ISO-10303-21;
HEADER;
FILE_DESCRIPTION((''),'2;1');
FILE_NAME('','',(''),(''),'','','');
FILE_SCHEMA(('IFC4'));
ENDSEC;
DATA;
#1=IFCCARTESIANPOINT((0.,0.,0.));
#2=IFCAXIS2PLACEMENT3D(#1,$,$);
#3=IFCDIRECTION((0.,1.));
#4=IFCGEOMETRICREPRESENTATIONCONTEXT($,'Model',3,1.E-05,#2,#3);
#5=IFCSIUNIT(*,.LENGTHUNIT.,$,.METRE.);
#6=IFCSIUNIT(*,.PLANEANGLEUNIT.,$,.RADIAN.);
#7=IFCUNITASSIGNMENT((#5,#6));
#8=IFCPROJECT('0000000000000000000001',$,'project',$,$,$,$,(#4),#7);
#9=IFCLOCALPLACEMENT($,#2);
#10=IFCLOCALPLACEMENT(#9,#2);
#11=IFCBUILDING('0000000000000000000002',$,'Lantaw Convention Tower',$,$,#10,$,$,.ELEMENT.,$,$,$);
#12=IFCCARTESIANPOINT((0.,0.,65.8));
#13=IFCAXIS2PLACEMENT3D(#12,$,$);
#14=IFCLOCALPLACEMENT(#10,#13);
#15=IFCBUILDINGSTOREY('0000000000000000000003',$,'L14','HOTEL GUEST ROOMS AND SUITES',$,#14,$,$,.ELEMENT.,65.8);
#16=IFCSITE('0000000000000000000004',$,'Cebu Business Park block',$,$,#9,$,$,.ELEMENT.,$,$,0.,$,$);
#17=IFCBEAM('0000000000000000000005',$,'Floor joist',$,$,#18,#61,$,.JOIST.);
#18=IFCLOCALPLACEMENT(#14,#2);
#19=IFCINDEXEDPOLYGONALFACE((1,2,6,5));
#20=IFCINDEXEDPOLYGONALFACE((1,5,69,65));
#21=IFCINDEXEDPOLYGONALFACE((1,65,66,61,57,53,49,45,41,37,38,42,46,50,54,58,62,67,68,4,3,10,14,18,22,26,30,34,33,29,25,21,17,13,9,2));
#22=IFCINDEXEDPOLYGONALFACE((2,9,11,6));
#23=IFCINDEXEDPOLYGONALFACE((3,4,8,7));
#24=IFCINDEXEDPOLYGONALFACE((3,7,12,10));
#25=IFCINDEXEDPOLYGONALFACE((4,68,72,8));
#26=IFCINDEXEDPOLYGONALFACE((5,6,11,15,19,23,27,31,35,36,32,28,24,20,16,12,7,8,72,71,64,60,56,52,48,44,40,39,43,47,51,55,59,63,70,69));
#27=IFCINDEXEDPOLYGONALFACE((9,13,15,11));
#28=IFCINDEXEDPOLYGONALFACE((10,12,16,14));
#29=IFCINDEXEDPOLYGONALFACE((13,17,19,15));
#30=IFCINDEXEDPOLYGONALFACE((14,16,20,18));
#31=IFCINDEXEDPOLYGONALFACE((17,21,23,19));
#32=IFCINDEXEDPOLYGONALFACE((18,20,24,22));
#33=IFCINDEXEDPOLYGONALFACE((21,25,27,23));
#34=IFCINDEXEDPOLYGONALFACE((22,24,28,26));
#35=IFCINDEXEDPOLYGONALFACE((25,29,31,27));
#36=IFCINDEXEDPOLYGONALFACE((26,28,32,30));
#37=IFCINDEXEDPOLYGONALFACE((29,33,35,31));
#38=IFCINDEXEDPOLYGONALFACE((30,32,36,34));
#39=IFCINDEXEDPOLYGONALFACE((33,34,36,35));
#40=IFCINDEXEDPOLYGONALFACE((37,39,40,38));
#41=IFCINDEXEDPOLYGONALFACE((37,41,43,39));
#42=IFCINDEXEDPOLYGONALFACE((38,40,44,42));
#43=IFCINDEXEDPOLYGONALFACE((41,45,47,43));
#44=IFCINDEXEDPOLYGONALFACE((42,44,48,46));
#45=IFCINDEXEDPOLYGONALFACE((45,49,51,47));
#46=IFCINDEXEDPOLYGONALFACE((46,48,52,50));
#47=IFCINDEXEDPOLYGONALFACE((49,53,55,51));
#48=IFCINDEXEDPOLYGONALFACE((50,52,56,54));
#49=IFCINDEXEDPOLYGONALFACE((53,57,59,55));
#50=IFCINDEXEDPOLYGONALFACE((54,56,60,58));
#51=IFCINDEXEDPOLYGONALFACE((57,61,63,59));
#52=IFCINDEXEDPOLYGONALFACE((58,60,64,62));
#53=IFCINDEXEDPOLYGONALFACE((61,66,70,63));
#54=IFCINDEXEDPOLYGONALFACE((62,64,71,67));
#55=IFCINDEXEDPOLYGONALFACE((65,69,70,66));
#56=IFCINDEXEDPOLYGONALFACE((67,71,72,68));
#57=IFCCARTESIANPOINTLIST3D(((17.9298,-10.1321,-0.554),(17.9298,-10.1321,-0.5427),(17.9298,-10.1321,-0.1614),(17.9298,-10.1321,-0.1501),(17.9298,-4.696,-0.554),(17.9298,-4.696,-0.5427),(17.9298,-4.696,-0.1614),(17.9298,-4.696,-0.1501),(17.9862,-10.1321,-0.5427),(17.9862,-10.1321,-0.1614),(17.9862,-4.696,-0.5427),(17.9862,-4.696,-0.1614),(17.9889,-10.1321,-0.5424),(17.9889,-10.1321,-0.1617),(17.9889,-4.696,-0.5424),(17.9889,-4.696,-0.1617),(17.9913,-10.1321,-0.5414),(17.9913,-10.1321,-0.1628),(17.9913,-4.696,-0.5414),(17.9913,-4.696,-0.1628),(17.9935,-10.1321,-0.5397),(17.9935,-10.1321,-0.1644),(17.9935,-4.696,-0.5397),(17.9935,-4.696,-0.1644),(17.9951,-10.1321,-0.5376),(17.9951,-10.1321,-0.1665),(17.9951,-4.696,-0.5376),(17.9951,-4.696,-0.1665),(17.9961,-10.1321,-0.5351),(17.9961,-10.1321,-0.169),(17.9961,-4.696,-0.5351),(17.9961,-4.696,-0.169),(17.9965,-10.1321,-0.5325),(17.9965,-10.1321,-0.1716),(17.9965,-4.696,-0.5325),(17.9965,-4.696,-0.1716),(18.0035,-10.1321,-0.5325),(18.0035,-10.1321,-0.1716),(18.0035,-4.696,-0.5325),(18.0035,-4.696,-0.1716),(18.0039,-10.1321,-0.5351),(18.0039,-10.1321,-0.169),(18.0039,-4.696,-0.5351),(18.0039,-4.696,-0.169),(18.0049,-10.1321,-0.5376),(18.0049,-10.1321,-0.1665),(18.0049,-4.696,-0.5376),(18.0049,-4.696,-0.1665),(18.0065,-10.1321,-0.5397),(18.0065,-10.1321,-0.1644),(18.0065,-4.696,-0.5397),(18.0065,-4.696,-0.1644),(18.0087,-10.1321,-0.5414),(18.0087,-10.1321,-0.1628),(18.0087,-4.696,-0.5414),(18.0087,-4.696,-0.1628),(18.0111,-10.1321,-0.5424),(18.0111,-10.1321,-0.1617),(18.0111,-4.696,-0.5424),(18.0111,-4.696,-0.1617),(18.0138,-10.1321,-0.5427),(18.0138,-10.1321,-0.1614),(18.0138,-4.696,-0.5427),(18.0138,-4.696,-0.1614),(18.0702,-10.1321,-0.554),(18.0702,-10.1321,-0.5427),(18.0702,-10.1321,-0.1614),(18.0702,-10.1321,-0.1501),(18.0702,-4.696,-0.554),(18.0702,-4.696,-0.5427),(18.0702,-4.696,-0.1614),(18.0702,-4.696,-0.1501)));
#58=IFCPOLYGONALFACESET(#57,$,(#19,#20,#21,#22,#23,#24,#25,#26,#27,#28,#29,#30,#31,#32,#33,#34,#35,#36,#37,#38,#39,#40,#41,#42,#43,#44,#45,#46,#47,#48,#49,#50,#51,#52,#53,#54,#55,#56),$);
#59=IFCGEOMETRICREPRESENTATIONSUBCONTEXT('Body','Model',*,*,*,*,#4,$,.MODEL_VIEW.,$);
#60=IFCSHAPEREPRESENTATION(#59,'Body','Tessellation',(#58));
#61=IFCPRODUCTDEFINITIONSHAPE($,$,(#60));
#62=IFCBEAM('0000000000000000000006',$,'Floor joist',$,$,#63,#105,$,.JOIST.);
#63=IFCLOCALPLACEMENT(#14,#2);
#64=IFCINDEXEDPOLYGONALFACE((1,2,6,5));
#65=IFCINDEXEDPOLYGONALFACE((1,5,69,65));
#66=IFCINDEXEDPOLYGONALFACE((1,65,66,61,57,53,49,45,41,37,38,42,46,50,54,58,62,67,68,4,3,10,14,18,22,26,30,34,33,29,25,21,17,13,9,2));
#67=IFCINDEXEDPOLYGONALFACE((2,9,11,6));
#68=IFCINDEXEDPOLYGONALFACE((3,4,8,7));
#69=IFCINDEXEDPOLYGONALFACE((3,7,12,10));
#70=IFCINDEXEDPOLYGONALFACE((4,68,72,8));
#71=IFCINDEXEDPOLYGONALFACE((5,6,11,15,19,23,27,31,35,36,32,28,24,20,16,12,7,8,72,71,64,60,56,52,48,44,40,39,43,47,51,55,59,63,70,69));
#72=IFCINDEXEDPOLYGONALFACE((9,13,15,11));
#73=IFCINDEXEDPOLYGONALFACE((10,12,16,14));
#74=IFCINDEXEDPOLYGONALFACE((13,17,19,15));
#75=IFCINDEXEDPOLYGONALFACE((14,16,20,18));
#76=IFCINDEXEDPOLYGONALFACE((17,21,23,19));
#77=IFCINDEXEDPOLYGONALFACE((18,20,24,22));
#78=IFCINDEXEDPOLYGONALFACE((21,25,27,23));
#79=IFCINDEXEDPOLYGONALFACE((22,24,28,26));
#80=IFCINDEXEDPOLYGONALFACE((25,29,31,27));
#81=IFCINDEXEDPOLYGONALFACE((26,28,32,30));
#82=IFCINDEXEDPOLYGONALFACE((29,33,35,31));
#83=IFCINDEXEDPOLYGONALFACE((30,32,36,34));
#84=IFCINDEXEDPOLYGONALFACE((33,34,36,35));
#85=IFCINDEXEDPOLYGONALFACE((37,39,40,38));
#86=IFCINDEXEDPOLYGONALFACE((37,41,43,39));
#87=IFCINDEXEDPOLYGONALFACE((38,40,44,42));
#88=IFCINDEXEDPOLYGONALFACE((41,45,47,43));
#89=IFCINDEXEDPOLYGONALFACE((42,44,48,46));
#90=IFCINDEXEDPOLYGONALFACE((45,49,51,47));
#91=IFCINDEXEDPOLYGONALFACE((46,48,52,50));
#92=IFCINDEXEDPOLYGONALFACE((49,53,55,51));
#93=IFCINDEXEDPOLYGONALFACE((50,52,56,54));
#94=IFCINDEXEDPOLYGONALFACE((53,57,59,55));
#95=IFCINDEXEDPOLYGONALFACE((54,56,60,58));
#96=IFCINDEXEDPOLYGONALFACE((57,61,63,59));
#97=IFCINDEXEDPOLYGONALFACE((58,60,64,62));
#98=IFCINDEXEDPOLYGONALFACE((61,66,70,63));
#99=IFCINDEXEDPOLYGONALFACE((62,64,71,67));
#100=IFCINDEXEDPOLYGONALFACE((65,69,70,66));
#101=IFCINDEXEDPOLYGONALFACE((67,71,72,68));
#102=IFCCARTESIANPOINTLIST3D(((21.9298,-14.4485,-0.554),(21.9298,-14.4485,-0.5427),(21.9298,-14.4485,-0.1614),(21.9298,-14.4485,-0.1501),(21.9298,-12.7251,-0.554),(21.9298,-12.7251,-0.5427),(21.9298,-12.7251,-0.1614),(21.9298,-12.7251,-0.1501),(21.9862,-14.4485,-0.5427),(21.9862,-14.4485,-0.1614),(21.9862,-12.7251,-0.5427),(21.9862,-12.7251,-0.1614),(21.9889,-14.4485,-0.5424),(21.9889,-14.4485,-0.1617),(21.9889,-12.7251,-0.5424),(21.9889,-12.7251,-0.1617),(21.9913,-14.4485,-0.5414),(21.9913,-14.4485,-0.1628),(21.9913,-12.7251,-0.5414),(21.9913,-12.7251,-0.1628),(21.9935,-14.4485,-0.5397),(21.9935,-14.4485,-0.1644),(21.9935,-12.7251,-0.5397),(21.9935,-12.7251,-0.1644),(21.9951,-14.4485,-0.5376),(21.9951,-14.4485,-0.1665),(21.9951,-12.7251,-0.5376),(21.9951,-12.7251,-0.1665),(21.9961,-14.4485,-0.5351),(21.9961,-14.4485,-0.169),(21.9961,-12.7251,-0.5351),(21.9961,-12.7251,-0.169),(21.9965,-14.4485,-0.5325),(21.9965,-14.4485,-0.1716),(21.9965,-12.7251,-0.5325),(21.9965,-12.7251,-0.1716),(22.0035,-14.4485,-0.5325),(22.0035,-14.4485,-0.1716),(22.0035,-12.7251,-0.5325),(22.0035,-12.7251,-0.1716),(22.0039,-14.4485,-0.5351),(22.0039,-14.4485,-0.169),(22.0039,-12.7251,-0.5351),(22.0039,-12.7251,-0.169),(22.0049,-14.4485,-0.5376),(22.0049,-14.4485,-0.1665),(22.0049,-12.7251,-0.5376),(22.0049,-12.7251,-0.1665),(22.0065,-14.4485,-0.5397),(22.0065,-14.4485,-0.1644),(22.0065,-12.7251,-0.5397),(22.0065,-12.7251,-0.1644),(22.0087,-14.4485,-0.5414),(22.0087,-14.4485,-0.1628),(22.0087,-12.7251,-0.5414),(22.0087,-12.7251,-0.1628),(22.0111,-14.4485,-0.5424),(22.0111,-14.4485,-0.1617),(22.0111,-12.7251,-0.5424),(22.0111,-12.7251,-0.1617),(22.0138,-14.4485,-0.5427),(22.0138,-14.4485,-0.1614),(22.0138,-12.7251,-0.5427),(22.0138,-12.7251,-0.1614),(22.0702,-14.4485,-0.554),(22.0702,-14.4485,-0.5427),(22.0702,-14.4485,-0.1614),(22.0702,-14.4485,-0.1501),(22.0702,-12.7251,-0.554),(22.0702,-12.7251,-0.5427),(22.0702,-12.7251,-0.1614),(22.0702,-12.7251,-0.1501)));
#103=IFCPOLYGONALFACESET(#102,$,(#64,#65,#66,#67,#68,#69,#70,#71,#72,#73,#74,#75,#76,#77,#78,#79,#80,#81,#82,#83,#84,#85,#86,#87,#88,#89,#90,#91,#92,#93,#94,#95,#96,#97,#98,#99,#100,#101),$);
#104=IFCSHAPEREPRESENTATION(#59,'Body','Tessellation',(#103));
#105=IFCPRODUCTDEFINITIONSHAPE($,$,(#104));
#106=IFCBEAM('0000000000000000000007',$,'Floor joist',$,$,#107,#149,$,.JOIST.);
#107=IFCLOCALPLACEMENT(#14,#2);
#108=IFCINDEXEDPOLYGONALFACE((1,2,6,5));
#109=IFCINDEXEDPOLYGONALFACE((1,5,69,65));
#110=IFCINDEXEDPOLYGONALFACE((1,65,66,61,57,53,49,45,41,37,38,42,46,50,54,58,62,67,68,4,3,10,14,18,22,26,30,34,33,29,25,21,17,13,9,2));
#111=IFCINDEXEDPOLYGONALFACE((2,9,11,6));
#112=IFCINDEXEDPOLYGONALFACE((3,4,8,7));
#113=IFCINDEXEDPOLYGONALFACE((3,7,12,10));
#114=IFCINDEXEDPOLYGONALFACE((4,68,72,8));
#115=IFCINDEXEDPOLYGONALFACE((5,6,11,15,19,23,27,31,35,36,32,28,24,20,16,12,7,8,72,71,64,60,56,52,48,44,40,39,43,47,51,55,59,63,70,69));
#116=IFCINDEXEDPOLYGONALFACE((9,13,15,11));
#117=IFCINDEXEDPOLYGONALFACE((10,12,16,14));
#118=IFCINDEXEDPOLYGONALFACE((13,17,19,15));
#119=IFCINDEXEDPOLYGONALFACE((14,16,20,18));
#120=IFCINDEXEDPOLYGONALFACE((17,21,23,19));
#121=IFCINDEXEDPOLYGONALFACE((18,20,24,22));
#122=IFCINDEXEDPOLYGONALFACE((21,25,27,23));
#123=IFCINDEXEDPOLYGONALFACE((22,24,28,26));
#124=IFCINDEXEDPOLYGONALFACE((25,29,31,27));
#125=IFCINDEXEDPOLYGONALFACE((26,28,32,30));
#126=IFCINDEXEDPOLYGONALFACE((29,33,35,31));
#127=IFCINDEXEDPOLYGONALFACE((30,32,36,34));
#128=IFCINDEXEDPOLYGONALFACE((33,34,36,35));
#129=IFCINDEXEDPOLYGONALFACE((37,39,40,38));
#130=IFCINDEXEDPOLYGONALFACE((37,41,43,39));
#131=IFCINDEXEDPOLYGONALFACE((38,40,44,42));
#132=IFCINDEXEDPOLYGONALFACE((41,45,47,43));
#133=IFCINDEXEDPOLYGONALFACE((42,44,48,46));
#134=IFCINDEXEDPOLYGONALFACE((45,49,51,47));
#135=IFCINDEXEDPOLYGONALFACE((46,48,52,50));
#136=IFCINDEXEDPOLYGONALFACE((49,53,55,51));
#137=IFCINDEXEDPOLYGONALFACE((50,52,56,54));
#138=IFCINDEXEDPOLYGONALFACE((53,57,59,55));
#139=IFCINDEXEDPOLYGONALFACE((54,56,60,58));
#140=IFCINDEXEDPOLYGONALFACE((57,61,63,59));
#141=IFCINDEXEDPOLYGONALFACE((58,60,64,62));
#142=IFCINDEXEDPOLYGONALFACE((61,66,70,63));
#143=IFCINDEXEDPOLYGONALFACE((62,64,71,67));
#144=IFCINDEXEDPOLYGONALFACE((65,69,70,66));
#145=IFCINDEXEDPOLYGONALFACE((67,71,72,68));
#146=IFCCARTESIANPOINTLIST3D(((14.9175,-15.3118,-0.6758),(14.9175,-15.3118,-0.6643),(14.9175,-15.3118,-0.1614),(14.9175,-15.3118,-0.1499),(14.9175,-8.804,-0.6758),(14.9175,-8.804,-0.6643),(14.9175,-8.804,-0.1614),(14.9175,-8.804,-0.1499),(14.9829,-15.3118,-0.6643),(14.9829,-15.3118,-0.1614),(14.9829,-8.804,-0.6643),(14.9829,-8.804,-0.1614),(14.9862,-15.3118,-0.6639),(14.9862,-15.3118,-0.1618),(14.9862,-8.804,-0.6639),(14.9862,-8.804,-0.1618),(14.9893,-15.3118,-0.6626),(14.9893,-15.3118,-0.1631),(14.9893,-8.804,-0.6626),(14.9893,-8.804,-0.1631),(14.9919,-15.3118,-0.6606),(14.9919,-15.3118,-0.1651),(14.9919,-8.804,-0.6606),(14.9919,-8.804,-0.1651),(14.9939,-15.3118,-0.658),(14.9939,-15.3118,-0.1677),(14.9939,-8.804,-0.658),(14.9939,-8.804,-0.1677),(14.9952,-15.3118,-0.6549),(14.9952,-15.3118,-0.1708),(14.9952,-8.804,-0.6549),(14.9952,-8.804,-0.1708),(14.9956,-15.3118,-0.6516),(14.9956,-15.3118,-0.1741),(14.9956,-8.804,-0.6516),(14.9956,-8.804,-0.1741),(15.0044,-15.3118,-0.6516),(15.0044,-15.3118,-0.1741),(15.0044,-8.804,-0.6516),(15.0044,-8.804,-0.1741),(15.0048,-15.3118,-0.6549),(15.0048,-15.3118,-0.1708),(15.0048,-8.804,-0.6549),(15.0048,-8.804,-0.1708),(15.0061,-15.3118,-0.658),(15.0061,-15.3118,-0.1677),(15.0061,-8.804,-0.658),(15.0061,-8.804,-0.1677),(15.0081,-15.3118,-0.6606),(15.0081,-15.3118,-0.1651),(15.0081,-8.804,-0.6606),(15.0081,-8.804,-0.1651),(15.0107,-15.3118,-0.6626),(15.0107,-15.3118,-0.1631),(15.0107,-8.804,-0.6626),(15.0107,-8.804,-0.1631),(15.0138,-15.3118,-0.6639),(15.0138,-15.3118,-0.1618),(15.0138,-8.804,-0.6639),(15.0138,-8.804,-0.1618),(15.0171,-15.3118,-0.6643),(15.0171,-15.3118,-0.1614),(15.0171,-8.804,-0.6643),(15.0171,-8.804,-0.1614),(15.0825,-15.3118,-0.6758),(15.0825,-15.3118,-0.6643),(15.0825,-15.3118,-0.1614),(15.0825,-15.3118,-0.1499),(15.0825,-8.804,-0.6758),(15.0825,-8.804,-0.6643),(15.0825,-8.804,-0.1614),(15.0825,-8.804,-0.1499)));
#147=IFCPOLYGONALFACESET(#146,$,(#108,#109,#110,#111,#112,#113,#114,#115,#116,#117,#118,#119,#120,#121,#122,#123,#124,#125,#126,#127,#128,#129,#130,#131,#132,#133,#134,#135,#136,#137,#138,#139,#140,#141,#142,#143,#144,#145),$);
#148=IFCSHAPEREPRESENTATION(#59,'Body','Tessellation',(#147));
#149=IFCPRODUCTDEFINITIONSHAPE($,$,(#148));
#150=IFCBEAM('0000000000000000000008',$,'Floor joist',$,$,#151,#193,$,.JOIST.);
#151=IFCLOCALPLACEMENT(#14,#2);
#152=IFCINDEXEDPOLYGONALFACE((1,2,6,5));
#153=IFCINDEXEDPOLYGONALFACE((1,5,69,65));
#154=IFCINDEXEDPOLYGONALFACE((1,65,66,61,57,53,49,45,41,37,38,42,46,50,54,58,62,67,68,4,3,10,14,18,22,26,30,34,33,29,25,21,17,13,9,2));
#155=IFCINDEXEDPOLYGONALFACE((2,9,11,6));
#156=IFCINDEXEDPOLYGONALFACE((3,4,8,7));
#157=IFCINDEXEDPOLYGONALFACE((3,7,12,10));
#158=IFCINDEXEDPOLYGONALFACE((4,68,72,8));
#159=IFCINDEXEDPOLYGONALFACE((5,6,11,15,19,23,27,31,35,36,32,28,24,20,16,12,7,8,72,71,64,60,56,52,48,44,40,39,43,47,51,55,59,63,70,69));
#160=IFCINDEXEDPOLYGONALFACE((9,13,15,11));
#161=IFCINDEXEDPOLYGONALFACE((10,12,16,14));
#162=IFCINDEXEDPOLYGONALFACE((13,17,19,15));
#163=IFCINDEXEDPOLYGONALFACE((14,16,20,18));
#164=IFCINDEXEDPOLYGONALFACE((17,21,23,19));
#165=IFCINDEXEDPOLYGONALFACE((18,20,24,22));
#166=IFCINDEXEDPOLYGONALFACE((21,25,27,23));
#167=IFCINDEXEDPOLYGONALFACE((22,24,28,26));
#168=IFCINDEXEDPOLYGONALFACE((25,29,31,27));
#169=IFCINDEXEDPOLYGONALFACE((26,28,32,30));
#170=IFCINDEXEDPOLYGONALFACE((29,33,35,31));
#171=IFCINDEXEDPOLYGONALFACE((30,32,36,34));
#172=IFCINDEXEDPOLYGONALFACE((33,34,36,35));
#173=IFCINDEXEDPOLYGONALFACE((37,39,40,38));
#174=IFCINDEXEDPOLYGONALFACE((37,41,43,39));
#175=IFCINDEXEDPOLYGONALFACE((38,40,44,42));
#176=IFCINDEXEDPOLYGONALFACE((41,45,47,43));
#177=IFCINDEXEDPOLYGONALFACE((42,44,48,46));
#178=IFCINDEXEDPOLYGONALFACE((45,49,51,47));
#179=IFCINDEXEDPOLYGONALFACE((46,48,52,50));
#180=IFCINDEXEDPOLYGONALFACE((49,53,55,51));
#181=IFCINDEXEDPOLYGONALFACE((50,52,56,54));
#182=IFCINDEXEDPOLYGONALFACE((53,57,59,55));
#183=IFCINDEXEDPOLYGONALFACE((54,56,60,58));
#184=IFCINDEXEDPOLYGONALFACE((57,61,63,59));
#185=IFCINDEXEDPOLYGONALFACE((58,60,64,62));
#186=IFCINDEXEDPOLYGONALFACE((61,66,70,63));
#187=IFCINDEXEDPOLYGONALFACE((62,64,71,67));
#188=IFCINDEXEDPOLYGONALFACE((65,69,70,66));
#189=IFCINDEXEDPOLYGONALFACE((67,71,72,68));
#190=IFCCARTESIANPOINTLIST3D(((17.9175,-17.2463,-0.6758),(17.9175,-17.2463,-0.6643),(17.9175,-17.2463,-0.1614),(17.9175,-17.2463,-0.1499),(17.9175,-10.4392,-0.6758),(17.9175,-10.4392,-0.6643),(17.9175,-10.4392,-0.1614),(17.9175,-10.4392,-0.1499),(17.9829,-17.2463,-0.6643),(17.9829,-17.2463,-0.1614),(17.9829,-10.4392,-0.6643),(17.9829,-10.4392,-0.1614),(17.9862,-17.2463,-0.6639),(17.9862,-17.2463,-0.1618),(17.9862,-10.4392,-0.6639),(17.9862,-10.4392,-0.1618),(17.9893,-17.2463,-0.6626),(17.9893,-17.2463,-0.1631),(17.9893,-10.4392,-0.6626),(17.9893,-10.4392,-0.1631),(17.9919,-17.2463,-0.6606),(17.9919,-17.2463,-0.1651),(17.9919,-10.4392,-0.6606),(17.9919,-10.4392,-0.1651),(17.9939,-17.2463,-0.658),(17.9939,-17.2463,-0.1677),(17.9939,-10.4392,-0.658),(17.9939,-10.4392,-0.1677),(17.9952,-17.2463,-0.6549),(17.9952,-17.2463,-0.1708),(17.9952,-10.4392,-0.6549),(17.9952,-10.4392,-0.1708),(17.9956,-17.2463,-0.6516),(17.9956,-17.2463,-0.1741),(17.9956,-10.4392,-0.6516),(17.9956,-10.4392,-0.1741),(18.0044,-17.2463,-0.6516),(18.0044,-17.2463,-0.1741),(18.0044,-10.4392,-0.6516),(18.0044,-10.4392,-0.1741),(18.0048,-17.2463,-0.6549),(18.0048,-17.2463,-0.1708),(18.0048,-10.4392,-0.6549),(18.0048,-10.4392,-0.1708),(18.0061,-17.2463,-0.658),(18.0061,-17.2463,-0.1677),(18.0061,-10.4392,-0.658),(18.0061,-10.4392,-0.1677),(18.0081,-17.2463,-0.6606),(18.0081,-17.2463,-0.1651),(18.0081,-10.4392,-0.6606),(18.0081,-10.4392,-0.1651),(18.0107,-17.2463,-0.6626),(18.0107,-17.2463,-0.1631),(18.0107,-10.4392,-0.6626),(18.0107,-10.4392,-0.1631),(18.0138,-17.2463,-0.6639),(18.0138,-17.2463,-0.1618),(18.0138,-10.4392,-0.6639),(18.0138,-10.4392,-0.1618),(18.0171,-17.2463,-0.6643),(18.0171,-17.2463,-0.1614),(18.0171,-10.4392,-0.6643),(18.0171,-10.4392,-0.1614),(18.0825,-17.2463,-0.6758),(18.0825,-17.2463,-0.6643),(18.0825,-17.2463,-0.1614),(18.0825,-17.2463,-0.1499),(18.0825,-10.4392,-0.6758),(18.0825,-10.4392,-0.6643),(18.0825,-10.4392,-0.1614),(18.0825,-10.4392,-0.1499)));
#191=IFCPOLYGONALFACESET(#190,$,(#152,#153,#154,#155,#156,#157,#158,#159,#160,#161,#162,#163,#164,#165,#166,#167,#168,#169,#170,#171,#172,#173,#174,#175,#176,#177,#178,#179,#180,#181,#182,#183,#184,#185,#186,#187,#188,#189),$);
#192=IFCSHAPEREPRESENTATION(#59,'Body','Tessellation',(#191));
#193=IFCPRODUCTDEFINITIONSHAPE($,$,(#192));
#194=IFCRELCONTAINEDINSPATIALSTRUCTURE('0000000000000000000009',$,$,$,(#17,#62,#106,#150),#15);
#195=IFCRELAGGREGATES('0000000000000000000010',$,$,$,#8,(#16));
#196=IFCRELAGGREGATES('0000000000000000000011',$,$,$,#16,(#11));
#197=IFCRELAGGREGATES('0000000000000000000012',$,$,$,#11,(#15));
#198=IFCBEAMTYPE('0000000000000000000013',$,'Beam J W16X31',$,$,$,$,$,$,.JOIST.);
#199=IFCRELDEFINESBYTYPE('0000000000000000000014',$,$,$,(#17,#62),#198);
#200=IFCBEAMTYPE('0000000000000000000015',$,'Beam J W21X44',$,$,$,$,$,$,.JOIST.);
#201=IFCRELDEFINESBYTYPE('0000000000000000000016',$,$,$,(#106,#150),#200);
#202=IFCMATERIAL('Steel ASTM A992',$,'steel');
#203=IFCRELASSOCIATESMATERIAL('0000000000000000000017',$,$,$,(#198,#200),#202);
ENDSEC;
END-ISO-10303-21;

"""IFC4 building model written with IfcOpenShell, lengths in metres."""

from ifc_helpers import new_model, si_unit, direction, frame, origin, origin_2d, place, context, subcontext, project, spatial, i_section, extrude, material, material_profile, profile_set, type_object, element, save


model = new_model("IFC4")

# Units and contexts
model_context = context("Model", 3, precision=1e-05, world=origin(), true_north=direction((0.0, 1.0)))
body_context = subcontext(model_context, "Body", "Model", "MODEL_VIEW")
ifc_project = project(units=[si_unit("LENGTHUNIT", "METRE"), si_unit("PLANEANGLEUNIT", "RADIAN")], contexts=[model_context])

# Site, building, storey
site_placement = place(None, origin())
site = spatial("IfcSite", under=ifc_project, at=site_placement, Name="Cebu Business Park block", CompositionType="ELEMENT", RefElevation=0.0)
building_placement = place(site_placement, origin())
building = spatial("IfcBuilding", under=site, at=building_placement, Name="Lantaw Convention Tower", CompositionType="ELEMENT")
storey_placement = place(building_placement, frame((0.0, 0.0, 65.8)))
storey = spatial("IfcBuildingStorey", under=building, at=storey_placement, Name="L14", Description="HOTEL GUEST ROOMS AND SUITES", CompositionType="ELEMENT", Elevation=65.8)

# Beams
ifc_material_1 = material(Name="Steel ASTM A992", Category="steel")
ifc_material_profile_1 = material_profile(ifc_material_1, i_section(OverallWidth=0.1404, OverallDepth=0.4038, WebThickness=0.0071, FlangeThickness=0.0112, FilletRadius=0.0103, at=origin_2d()), Name="W16X31")
ifc_profile_set_1 = profile_set([ifc_material_profile_1], Name="Steel ASTM A992")
beam_type_1 = type_object("IfcBeamType", Name="Beam J W16X31", PredefinedType="JOIST", material=ifc_profile_set_1)
beam_1_placement = place(storey_placement, frame((18.0, -10.1321, -0.3521), z_axis=(0.0, 1.0, 0.0), x_axis=(-1.0, 0.0, 0.0)))
element("IfcBeam", 1, at=beam_1_placement, inside=storey, type_object=beam_type_1, Name="Floor joist", PredefinedType="JOIST", context=body_context, shape_type="SweptSolid", body=[
    extrude(i_section(OverallWidth=0.1404, OverallDepth=0.4038, WebThickness=0.0071, FlangeThickness=0.0112, FilletRadius=0.0103, at=origin_2d()), origin(), (0.0, 0.0, 1.0), 5.436),
])
beam_2_placement = place(storey_placement, frame((22.0, -14.4485, -0.3521), z_axis=(0.0, 1.0, 0.0), x_axis=(-1.0, 0.0, 0.0)))
element("IfcBeam", 2, at=beam_2_placement, inside=storey, type_object=beam_type_1, Name="Floor joist", PredefinedType="JOIST", context=body_context, shape_type="SweptSolid", body=[
    extrude(i_section(OverallWidth=0.1404, OverallDepth=0.4038, WebThickness=0.0071, FlangeThickness=0.0112, FilletRadius=0.0103, at=origin_2d()), origin(), (0.0, 0.0, 1.0), 1.7234),
])
ifc_material_profile_2 = material_profile(ifc_material_1, i_section(OverallWidth=0.165, OverallDepth=0.5259, WebThickness=0.0088, FlangeThickness=0.0115, FilletRadius=0.0127, at=origin_2d()), Name="W21X44")
ifc_profile_set_2 = profile_set([ifc_material_profile_2], Name="Steel ASTM A992")
beam_type_2 = type_object("IfcBeamType", Name="Beam J W21X44", PredefinedType="JOIST", material=ifc_profile_set_2)
beam_3_placement = place(storey_placement, frame((15.0, -15.3118, -0.4128), z_axis=(0.0, 1.0, 0.0), x_axis=(-1.0, 0.0, 0.0)))
element("IfcBeam", 3, at=beam_3_placement, inside=storey, type_object=beam_type_2, Name="Floor joist", PredefinedType="JOIST", context=body_context, shape_type="SweptSolid", body=[
    extrude(i_section(OverallWidth=0.165, OverallDepth=0.5259, WebThickness=0.0088, FlangeThickness=0.0115, FilletRadius=0.0127, at=origin_2d()), origin(), (0.0, 0.0, 1.0), 6.5078),
])
beam_4_placement = place(storey_placement, frame((18.0, -17.2463, -0.4128), z_axis=(0.0, 1.0, 0.0), x_axis=(-1.0, 0.0, 0.0)))
element("IfcBeam", 4, at=beam_4_placement, inside=storey, type_object=beam_type_2, Name="Floor joist", PredefinedType="JOIST", context=body_context, shape_type="SweptSolid", body=[
    extrude(i_section(OverallWidth=0.165, OverallDepth=0.5259, WebThickness=0.0088, FlangeThickness=0.0115, FilletRadius=0.0127, at=origin_2d()), origin(), (0.0, 0.0, 1.0), 6.8071),
])

save(model, "model.ifc")
